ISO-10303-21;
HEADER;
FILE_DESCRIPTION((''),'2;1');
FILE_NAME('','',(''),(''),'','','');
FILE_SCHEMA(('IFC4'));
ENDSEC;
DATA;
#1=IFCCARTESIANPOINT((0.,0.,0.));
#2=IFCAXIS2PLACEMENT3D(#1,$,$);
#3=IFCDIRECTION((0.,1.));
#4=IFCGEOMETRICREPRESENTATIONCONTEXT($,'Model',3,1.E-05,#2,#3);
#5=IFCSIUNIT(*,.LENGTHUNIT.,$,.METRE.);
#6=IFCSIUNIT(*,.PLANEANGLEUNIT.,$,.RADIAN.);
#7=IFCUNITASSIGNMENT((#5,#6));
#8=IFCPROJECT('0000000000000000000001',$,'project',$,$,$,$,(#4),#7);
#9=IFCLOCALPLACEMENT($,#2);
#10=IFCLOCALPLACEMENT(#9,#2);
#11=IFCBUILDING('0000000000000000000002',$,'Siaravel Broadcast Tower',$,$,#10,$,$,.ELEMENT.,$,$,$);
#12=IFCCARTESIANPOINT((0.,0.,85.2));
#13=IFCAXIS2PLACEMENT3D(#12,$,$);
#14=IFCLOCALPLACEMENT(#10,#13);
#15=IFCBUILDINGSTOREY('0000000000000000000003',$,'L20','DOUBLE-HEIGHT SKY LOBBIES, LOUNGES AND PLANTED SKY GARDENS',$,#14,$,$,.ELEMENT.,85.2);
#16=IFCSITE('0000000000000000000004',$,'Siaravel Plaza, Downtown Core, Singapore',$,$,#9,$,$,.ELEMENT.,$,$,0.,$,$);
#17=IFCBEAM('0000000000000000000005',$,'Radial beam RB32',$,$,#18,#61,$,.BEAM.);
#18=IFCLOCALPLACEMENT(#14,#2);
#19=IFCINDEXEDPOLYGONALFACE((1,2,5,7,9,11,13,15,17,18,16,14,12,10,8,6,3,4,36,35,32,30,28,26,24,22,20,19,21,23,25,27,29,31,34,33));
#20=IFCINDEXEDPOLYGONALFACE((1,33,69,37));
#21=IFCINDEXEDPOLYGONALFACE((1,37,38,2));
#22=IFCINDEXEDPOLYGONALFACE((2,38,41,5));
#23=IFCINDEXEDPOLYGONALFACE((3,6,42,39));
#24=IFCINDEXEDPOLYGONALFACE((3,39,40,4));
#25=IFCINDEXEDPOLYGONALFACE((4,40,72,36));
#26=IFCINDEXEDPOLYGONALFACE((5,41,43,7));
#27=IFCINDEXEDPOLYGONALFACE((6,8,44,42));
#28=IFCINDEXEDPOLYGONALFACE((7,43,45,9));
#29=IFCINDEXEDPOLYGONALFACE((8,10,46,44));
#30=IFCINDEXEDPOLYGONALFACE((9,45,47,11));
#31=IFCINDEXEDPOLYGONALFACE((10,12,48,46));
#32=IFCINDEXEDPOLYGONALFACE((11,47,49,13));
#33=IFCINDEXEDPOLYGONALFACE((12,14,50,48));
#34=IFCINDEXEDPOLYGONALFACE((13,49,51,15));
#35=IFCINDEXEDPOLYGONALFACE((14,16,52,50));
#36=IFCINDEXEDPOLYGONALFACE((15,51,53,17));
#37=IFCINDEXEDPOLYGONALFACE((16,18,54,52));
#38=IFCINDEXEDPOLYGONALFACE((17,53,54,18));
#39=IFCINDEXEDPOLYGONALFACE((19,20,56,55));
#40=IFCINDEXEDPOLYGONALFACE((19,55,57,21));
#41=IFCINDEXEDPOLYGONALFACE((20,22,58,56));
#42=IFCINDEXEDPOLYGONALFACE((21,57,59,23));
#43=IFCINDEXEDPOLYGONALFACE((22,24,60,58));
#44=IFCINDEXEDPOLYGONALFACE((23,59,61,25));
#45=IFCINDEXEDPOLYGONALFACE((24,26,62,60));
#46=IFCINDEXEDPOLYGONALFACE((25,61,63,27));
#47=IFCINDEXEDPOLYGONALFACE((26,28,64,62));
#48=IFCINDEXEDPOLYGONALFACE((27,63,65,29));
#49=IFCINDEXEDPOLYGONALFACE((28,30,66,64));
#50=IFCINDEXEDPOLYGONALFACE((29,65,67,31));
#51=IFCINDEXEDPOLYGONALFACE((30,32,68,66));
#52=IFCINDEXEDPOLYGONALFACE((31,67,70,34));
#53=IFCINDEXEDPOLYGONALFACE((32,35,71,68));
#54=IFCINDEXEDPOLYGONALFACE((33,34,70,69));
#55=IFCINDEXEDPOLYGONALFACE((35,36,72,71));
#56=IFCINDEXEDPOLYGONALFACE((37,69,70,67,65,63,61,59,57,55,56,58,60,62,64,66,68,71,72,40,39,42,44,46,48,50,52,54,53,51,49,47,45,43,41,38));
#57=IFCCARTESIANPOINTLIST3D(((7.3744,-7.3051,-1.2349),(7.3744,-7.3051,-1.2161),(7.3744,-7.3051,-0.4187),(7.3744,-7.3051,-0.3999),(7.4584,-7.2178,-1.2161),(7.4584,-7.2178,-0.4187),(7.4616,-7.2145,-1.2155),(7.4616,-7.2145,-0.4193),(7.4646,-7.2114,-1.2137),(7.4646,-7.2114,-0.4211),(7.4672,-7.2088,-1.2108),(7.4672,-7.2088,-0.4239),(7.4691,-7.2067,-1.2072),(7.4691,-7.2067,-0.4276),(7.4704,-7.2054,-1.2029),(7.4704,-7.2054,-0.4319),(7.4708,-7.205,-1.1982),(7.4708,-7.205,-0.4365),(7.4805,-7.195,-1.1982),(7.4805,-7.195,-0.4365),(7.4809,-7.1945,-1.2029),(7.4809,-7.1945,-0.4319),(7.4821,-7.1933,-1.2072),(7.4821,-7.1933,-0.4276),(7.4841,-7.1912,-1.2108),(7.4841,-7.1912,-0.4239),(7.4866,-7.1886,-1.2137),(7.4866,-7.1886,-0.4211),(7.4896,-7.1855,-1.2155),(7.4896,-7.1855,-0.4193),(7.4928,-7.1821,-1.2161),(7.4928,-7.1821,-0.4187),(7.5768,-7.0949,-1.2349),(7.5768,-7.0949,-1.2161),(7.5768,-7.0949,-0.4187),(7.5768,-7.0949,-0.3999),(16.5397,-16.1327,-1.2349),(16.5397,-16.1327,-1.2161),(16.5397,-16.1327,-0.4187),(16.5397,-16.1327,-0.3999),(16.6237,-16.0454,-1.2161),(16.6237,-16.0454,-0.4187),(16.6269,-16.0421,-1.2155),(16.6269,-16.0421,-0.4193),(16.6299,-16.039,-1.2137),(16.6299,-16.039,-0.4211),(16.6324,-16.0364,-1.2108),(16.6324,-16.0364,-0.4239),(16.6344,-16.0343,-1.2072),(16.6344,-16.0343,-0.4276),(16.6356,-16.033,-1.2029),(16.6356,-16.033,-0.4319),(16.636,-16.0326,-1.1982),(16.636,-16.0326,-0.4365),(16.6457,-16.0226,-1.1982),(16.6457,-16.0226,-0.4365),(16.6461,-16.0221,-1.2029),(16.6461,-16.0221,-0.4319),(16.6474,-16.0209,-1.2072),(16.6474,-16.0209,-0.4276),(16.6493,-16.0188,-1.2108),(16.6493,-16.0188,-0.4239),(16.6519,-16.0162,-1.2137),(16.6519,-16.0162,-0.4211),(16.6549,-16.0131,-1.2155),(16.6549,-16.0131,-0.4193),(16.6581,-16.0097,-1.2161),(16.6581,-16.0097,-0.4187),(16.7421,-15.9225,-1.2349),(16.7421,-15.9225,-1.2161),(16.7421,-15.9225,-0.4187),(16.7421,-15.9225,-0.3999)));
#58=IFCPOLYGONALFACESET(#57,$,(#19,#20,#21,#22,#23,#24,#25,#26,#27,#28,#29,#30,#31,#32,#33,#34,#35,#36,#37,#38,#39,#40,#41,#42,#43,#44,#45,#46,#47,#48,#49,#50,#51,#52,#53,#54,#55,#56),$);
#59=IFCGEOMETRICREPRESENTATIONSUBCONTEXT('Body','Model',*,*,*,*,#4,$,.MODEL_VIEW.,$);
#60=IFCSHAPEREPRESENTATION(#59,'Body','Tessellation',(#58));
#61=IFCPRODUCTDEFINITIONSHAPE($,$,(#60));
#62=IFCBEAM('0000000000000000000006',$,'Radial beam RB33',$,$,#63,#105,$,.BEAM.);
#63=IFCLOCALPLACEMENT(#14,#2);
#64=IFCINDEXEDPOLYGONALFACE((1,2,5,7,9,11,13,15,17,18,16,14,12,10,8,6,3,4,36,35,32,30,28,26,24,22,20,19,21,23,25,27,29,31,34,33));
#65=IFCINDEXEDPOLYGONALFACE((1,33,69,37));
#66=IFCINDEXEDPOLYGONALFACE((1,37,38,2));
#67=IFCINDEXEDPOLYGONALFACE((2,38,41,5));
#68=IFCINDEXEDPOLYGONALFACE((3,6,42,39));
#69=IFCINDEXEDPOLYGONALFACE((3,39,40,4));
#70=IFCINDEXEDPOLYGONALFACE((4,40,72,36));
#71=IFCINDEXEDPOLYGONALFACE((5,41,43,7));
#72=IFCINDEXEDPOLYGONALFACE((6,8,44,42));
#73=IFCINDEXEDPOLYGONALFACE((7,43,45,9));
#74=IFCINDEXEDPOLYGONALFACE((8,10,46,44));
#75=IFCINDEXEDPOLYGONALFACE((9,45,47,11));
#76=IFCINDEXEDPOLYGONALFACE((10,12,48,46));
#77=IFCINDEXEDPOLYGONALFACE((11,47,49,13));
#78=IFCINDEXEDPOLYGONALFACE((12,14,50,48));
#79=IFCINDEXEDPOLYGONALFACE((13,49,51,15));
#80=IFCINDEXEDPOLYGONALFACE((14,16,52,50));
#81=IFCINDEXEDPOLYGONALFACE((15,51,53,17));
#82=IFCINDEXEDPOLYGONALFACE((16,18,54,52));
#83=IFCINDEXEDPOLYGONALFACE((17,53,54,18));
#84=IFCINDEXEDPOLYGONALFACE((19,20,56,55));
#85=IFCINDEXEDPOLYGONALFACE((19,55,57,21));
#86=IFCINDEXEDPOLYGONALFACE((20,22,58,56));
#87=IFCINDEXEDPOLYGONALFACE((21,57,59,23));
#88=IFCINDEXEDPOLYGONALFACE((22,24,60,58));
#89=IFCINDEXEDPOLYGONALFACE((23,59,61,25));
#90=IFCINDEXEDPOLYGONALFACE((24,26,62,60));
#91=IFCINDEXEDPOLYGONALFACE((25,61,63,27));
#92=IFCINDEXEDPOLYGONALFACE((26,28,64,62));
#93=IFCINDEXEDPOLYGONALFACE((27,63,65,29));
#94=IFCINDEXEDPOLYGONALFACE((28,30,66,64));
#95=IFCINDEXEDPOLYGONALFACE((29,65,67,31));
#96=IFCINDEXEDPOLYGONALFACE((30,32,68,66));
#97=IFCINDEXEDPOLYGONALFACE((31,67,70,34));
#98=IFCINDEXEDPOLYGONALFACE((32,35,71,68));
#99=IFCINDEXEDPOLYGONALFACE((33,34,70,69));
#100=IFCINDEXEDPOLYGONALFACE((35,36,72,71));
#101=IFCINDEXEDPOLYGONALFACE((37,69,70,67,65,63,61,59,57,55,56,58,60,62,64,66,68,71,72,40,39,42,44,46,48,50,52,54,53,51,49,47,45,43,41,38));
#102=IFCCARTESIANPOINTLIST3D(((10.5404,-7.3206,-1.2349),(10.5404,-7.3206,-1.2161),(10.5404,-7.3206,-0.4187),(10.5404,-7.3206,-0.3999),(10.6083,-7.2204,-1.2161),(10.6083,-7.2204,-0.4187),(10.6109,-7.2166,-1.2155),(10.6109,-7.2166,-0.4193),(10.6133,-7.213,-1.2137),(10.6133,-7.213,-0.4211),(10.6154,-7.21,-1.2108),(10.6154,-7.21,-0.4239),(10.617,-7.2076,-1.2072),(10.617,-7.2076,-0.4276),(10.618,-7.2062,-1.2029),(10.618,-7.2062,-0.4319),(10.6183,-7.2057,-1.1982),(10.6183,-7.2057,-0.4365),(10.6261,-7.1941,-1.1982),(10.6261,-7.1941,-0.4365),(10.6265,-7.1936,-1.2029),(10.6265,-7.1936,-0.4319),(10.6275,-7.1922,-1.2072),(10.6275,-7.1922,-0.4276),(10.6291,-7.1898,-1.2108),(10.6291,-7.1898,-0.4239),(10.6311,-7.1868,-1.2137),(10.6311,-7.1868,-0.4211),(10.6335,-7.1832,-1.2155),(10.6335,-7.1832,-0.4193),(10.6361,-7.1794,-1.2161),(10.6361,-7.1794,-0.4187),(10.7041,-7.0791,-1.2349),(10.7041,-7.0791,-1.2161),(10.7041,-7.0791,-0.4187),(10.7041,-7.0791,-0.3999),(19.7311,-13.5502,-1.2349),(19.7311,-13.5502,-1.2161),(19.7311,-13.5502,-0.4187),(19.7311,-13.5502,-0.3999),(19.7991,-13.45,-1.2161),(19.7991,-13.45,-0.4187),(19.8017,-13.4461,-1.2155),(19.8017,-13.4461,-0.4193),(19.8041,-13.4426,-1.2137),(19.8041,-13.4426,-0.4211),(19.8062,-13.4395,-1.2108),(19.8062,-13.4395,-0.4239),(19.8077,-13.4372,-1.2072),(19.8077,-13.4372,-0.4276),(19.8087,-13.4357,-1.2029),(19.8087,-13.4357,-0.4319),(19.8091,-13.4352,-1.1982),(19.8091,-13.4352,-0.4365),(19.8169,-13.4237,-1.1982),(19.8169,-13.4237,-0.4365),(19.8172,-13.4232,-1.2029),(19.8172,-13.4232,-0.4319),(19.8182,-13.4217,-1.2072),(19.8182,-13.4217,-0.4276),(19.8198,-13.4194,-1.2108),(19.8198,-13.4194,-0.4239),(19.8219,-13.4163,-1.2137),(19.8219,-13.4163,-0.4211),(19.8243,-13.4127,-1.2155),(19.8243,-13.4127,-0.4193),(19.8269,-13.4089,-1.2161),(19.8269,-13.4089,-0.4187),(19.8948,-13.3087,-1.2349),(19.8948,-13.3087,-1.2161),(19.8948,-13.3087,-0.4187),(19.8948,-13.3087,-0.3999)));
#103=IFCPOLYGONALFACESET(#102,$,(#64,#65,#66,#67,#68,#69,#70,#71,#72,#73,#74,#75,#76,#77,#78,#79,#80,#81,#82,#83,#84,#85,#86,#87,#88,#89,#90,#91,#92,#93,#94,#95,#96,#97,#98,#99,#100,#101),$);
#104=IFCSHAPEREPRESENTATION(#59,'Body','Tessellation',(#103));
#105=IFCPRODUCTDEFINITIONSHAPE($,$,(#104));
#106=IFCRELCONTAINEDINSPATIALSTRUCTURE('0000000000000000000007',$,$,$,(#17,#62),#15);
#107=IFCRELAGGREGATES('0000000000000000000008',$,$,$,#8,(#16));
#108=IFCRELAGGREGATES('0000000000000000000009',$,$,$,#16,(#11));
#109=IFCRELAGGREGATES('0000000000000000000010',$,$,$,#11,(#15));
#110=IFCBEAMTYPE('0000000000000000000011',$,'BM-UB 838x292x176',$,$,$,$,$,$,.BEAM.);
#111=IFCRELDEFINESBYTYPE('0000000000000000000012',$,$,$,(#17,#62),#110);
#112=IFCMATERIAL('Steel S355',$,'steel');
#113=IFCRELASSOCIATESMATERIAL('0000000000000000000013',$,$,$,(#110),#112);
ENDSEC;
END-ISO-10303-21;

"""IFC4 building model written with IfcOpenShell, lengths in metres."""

from ifc_helpers import new_model, si_unit, direction, frame, origin, origin_2d, place, context, subcontext, project, spatial, i_section, extrude, material, material_profile, profile_set, type_object, element, save


model = new_model("IFC4")

# Units and contexts
model_context = context("Model", 3, precision=1e-05, world=origin(), true_north=direction((0.0, 1.0)))
body_context = subcontext(model_context, "Body", "Model", "MODEL_VIEW")
ifc_project = project(units=[si_unit("LENGTHUNIT", "METRE"), si_unit("PLANEANGLEUNIT", "RADIAN")], contexts=[model_context])

# Site, building, storey
site_placement = place(None, origin())
site = spatial("IfcSite", under=ifc_project, at=site_placement, Name="Siaravel Plaza, Downtown Core, Singapore", CompositionType="ELEMENT", RefElevation=0.0)
building_placement = place(site_placement, origin())
building = spatial("IfcBuilding", under=site, at=building_placement, Name="Siaravel Broadcast Tower", CompositionType="ELEMENT")
storey_placement = place(building_placement, frame((0.0, 0.0, 85.2)))
storey = spatial("IfcBuildingStorey", under=building, at=storey_placement, Name="L20", Description="DOUBLE-HEIGHT SKY LOBBIES, LOUNGES AND PLANTED SKY GARDENS", CompositionType="ELEMENT", Elevation=85.2)

# Beams
ifc_material_1 = material(Name="Steel S355", Category="steel")
ifc_material_profile_1 = material_profile(ifc_material_1, i_section(OverallWidth=0.2917, OverallDepth=0.835, WebThickness=0.0139, FlangeThickness=0.0188, FilletRadius=0.0178, at=origin_2d()))
ifc_profile_set_1 = profile_set([ifc_material_profile_1], Name="Steel S355")
beam_type = type_object("IfcBeamType", Name="BM-UB 838x292x176", PredefinedType="BEAM", material=ifc_profile_set_1)
beam_1_placement = place(storey_placement, frame((16.6409, -16.0276, -0.8174), z_axis=(-0.720249, 0.693715, 0.0), x_axis=(-0.693715, -0.720249, 0.0)))
element("IfcBeam", 1, at=beam_1_placement, inside=storey, type_object=beam_type, Name="Radial beam RB32", PredefinedType="BEAM", context=body_context, shape_type="SweptSolid", body=[
    extrude(i_section(OverallWidth=0.2917, OverallDepth=0.835, WebThickness=0.0139, FlangeThickness=0.0188, FilletRadius=0.0178, at=origin_2d()), origin(), (0.0, 0.0, 1.0), 12.7251),
])
beam_2_placement = place(storey_placement, frame((19.813, -13.4294, -0.8174), z_axis=(-0.82777, 0.561067, 0.0), x_axis=(-0.561067, -0.82777, 0.0)))
element("IfcBeam", 2, at=beam_2_placement, inside=storey, type_object=beam_type, Name="Radial beam RB33", PredefinedType="BEAM", context=body_context, shape_type="SweptSolid", body=[
    extrude(i_section(OverallWidth=0.2917, OverallDepth=0.835, WebThickness=0.0139, FlangeThickness=0.0188, FilletRadius=0.0178, at=origin_2d()), origin(), (0.0, 0.0, 1.0), 11.103),
])

save(model, "model.ifc")
